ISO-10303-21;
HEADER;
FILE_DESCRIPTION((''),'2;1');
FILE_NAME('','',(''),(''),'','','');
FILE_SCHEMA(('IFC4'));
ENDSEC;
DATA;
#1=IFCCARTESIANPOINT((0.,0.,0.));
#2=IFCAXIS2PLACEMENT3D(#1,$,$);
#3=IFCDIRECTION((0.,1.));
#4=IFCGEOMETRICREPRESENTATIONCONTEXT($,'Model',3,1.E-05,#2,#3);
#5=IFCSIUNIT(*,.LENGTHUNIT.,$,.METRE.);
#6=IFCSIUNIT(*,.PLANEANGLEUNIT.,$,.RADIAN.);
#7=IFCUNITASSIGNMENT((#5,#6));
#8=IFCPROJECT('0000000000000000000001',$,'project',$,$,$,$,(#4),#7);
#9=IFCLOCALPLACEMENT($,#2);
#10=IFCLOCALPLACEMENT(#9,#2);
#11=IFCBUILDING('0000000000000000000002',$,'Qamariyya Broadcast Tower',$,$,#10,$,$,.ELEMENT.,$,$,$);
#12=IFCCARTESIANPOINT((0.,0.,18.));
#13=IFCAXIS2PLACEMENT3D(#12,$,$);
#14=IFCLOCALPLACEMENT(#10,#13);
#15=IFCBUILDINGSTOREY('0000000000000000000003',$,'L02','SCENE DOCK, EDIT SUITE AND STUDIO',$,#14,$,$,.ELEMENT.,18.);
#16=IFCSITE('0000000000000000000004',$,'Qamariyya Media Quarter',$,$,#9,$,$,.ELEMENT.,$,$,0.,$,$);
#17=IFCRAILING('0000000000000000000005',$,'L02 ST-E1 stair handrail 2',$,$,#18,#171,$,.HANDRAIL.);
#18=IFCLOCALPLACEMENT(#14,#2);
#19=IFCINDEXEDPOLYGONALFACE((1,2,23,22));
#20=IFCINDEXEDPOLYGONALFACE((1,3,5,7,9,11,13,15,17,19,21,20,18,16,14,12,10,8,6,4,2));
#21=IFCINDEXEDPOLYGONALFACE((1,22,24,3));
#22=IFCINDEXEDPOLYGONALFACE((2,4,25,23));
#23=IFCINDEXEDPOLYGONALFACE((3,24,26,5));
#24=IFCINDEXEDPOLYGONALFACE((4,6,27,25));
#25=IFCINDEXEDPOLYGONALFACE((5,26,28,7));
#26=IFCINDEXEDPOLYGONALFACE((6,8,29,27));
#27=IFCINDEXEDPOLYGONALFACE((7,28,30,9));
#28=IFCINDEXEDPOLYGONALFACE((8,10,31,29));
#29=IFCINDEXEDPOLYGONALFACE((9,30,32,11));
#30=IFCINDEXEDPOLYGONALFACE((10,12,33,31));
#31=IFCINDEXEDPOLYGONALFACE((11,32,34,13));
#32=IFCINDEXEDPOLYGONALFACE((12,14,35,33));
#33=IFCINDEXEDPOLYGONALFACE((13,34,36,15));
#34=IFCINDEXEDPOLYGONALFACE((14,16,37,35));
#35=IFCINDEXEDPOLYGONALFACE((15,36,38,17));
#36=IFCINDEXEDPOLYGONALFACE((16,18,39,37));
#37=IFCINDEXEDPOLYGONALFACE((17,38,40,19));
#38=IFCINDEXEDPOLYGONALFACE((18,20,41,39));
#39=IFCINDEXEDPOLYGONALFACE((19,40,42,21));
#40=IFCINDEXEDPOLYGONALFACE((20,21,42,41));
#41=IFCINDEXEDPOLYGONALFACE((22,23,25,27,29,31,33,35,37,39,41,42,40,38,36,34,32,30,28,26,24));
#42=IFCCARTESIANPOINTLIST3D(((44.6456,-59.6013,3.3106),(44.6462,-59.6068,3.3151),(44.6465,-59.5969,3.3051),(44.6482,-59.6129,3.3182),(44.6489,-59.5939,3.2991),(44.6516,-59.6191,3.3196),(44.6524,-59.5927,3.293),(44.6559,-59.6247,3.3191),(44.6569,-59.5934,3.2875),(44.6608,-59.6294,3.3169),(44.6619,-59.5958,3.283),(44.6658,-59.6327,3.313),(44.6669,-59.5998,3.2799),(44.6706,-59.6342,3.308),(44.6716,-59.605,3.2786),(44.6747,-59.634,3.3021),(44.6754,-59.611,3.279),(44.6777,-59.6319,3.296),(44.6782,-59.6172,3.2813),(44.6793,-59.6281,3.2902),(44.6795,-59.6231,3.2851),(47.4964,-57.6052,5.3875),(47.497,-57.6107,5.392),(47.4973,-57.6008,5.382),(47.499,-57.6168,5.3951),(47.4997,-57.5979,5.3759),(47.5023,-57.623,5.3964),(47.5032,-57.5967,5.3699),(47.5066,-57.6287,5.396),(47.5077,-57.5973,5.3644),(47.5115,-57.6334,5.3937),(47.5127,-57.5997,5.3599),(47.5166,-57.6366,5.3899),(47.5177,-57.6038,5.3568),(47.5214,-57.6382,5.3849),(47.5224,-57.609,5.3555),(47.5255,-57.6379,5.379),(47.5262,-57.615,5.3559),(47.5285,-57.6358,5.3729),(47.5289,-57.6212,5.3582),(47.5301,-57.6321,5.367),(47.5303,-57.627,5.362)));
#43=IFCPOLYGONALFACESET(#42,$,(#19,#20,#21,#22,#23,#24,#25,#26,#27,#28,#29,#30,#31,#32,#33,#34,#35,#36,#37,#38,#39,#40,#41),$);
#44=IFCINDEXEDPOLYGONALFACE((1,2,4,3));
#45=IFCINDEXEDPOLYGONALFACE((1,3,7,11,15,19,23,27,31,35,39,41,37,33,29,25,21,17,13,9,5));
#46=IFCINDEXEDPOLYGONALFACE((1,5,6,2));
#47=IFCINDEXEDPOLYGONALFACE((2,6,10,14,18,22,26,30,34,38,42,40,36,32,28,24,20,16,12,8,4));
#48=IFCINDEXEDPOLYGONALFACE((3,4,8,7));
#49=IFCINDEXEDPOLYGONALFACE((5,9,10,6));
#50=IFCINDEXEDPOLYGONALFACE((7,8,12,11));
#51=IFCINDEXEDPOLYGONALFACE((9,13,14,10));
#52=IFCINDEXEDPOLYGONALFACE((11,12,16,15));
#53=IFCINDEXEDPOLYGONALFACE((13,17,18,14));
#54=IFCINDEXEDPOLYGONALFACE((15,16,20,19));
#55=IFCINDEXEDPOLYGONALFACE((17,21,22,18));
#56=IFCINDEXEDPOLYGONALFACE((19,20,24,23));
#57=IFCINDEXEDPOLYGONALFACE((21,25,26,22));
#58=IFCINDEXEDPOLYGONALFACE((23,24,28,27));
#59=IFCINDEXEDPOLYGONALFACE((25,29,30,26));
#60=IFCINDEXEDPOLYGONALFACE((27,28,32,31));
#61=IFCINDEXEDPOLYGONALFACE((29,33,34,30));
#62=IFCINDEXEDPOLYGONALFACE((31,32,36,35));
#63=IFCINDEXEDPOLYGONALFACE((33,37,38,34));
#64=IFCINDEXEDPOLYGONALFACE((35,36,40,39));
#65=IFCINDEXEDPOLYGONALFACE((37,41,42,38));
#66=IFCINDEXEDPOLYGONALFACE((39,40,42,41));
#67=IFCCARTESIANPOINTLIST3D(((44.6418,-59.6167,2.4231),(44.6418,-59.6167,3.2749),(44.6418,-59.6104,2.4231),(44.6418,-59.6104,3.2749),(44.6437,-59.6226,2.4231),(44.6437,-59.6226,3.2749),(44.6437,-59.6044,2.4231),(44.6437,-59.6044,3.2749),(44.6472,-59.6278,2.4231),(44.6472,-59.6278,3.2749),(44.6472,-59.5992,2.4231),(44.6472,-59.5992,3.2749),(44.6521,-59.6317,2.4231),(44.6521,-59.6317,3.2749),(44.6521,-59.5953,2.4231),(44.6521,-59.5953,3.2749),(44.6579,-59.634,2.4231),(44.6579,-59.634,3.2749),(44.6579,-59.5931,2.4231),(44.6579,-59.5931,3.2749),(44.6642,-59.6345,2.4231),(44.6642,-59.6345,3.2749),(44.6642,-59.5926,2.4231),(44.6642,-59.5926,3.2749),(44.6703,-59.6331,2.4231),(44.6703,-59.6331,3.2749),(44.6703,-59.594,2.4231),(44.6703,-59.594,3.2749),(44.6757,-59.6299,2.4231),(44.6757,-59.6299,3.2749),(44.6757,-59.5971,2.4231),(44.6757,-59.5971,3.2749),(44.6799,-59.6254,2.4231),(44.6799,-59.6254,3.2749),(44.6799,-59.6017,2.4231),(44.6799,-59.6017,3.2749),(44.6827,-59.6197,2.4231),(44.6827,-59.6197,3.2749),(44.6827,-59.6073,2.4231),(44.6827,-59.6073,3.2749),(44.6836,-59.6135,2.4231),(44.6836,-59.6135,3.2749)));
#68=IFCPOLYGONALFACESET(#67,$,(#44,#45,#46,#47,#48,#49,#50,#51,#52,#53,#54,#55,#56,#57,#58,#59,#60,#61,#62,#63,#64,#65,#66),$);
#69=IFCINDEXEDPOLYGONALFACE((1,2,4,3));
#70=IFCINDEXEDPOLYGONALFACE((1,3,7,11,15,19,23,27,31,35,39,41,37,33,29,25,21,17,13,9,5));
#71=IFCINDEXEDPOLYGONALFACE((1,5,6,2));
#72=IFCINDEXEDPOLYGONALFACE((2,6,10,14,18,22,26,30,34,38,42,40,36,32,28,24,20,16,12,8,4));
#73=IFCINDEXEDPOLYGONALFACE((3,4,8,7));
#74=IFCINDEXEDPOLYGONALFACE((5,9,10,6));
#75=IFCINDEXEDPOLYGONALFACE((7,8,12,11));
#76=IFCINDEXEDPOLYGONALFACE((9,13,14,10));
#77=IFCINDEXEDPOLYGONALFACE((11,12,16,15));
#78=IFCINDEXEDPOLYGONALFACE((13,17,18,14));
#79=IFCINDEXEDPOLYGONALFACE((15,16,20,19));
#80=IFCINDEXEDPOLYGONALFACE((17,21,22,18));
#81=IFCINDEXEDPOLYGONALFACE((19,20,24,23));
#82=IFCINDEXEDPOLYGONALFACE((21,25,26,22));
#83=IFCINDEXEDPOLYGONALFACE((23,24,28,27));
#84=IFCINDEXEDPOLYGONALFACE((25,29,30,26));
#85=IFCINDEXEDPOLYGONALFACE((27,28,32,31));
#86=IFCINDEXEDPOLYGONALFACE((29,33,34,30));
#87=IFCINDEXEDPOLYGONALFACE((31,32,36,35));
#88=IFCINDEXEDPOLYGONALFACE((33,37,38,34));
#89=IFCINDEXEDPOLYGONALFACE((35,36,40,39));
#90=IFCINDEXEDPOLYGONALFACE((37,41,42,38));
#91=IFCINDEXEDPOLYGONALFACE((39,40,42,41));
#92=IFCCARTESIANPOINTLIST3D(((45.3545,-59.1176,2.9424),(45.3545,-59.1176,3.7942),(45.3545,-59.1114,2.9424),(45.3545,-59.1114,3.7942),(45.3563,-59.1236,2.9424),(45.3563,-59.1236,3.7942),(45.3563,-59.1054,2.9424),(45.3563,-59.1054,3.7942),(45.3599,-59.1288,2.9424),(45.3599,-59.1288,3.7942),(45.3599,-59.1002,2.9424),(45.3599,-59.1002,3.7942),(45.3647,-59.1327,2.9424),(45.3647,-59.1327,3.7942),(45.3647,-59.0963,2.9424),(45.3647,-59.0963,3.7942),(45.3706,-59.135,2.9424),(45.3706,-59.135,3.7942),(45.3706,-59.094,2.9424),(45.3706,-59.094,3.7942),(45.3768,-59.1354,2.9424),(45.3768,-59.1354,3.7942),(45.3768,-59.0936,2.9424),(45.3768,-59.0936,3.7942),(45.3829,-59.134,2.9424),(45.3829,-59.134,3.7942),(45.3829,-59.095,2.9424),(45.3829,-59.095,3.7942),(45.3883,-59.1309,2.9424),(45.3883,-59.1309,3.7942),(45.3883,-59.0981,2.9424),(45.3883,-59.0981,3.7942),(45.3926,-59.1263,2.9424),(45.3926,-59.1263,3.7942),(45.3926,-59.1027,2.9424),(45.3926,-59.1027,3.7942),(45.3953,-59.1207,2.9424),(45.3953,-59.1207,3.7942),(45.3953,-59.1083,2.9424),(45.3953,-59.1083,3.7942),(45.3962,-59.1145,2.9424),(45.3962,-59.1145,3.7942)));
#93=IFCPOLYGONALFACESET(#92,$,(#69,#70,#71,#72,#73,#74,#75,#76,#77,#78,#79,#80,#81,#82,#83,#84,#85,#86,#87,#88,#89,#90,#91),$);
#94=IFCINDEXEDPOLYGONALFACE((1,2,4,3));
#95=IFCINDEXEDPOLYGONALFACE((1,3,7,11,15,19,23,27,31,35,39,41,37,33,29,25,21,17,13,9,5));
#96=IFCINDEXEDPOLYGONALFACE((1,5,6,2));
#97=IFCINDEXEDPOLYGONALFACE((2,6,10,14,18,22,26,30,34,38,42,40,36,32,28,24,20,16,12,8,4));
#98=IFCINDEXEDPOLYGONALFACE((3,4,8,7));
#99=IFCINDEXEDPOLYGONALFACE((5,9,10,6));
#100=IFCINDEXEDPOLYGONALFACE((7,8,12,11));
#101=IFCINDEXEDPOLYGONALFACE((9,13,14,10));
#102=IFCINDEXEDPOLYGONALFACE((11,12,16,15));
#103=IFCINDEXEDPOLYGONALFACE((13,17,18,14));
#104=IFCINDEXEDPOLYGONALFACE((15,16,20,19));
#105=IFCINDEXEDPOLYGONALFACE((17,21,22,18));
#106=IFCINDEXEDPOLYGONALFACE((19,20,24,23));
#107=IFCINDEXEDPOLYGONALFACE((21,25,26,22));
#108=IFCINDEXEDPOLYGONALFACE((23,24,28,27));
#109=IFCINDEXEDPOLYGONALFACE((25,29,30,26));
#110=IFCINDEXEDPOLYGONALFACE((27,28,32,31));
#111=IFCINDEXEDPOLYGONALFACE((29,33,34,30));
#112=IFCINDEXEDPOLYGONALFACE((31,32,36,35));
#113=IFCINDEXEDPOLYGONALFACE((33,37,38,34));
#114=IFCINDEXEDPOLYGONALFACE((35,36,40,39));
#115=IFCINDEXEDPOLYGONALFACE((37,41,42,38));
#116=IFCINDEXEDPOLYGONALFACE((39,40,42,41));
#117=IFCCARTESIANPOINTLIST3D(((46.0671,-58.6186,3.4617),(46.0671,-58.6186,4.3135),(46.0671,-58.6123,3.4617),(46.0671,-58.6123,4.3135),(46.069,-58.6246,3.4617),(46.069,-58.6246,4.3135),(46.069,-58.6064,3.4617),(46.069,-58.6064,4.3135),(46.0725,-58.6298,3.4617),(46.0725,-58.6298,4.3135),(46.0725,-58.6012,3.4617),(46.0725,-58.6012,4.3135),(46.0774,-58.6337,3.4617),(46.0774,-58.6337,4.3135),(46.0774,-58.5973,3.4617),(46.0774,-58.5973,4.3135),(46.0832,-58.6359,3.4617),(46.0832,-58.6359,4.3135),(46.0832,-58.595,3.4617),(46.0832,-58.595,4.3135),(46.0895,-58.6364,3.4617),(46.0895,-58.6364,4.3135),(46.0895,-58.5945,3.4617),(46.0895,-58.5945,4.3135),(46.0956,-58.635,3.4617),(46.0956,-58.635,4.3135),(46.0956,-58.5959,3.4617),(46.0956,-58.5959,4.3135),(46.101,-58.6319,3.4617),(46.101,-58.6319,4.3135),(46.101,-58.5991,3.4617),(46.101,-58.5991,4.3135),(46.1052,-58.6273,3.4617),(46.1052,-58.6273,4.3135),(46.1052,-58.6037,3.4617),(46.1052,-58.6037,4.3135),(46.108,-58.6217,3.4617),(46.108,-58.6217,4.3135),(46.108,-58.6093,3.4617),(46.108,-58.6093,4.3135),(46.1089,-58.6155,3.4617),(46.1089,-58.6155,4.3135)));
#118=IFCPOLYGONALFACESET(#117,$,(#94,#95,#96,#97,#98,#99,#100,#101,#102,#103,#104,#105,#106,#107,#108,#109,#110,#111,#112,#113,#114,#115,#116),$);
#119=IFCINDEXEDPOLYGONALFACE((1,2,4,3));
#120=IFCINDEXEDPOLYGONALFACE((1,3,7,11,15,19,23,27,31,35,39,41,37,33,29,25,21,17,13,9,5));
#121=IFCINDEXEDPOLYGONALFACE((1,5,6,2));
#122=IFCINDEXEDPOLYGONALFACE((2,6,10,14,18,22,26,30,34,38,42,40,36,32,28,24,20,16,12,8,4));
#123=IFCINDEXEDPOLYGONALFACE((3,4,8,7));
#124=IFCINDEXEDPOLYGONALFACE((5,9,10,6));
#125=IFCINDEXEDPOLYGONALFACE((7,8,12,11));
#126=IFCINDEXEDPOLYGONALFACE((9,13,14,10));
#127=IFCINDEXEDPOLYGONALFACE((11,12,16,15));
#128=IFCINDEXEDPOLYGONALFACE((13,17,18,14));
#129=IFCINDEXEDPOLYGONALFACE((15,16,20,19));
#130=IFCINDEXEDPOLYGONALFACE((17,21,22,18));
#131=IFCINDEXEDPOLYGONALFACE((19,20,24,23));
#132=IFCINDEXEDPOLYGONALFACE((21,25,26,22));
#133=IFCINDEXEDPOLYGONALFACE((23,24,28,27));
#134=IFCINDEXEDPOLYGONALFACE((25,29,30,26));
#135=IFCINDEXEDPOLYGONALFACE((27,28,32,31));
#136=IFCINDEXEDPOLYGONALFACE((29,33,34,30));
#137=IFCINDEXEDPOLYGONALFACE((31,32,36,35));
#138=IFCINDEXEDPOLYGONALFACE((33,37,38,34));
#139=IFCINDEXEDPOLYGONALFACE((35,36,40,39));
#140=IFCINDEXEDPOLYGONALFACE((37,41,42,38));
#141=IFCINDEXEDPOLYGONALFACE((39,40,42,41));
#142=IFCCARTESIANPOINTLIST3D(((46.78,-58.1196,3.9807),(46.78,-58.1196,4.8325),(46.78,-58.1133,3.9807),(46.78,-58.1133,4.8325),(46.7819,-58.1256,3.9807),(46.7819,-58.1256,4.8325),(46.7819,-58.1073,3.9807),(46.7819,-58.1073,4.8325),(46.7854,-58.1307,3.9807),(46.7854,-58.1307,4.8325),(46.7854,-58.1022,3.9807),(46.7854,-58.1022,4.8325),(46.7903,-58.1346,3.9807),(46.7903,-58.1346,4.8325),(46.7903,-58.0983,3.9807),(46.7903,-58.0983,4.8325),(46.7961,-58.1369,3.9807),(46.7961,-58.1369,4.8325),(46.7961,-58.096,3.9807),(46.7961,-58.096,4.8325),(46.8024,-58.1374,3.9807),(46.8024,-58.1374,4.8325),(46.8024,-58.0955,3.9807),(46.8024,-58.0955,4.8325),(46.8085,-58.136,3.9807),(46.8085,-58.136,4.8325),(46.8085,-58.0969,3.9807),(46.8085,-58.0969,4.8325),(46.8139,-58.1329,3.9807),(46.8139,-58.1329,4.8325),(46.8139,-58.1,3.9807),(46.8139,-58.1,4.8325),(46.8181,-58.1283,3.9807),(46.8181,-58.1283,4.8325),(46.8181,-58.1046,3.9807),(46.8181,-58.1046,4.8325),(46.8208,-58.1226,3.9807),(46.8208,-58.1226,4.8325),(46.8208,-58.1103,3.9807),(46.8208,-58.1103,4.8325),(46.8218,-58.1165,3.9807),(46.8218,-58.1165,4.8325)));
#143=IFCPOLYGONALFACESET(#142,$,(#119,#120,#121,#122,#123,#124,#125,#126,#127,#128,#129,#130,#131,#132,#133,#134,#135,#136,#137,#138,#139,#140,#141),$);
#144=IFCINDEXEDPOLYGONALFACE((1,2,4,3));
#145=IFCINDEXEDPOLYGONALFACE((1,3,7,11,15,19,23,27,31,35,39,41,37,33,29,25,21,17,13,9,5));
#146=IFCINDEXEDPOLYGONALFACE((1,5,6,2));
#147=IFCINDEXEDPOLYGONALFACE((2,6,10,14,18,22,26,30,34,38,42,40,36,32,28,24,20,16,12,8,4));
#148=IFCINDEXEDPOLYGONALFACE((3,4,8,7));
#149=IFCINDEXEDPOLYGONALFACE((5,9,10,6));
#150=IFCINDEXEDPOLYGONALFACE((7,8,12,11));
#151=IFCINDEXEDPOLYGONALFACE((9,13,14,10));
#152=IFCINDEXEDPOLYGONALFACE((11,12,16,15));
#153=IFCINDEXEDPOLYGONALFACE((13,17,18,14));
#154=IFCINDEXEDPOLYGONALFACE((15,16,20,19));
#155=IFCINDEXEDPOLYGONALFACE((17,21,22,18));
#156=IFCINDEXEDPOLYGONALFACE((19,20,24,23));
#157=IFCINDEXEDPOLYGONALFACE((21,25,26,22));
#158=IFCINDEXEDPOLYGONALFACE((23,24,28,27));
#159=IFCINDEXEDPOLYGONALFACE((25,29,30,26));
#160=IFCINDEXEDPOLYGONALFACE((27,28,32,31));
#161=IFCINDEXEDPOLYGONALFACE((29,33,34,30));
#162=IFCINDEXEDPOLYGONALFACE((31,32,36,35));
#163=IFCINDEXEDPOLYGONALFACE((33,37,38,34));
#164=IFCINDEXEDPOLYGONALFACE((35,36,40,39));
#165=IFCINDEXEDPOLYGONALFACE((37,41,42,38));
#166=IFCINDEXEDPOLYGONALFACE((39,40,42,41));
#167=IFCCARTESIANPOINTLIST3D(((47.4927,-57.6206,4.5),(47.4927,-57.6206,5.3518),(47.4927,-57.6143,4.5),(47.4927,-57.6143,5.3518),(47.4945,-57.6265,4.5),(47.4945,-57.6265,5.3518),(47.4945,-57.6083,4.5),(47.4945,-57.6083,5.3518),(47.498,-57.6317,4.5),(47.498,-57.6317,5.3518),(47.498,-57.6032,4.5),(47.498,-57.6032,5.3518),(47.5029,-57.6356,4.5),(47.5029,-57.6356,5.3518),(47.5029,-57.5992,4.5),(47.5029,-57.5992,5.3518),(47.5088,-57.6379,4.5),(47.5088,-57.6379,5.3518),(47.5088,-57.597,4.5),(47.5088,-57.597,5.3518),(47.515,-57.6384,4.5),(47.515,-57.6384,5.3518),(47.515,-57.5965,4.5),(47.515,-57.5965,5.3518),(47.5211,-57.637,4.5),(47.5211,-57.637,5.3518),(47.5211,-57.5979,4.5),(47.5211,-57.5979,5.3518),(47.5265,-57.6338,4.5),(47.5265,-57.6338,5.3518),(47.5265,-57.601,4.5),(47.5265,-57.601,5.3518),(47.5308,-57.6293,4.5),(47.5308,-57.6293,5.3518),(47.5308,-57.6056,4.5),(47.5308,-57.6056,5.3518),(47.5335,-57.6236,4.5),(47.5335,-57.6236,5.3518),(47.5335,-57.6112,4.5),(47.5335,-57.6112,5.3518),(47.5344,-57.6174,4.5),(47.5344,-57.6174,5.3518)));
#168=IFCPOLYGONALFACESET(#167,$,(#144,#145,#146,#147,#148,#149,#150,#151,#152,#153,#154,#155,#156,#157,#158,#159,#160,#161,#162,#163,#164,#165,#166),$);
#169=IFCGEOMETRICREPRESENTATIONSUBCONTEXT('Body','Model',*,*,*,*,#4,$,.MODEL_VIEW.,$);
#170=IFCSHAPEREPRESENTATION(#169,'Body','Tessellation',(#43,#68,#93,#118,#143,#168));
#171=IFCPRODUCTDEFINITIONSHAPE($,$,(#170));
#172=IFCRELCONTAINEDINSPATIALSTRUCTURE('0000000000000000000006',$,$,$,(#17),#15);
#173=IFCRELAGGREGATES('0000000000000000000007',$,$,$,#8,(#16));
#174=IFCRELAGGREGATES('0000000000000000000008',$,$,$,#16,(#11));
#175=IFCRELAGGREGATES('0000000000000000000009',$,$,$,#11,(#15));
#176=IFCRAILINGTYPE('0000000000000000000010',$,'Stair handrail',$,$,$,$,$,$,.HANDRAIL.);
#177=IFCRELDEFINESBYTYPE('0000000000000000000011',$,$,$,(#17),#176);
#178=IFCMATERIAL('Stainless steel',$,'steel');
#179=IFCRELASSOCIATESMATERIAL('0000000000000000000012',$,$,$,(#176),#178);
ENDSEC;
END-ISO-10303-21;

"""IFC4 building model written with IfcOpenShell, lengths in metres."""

from ifc_helpers import new_model, si_unit, direction, frame, origin, origin_2d, place, context, subcontext, project, spatial, circle, extrude, material, type_object, element, save


model = new_model("IFC4")

# Units and contexts
model_context = context("Model", 3, precision=1e-05, world=origin(), true_north=direction((0.0, 1.0)))
body_context = subcontext(model_context, "Body", "Model", "MODEL_VIEW")
ifc_project = project(units=[si_unit("LENGTHUNIT", "METRE"), si_unit("PLANEANGLEUNIT", "RADIAN")], contexts=[model_context])

# Site, building, storey
site_placement = place(None, origin())
site = spatial("IfcSite", under=ifc_project, at=site_placement, Name="Qamariyya Media Quarter", CompositionType="ELEMENT", RefElevation=0.0)
building_placement = place(site_placement, origin())
building = spatial("IfcBuilding", under=site, at=building_placement, Name="Qamariyya Broadcast Tower", CompositionType="ELEMENT")
storey_placement = place(building_placement, frame((0.0, 0.0, 18.0)))
storey = spatial("IfcBuildingStorey", under=building, at=storey_placement, Name="L02", Description="SCENE DOCK, EDIT SUITE AND STUDIO", CompositionType="ELEMENT", Elevation=18.0)

# Railing
ifc_material_1 = material(Name="Stainless steel", Category="steel")
railing_type_1 = type_object("IfcRailingType", Name="Stair handrail", PredefinedType="HANDRAIL", material=ifc_material_1)
railing_1_placement = place(storey_placement, frame((44.6626, -59.6135, 2.4231)))
element("IfcRailing", 1, at=railing_1_placement, inside=storey, type_object=railing_type_1, Name="L02 ST-E1 stair handrail 2", PredefinedType="HANDRAIL", context=body_context, shape_type="SweptSolid", body=[
    extrude(circle(Radius=0.0239, at=origin_2d()), frame((0.0, 0.0, 0.876), z_axis=(0.703423, 0.492523, 0.512462), x_axis=(-0.573561, 0.819163, 0.0)), (0.0, 0.0, 1.0), 4.0527),
    extrude(circle(Radius=0.021, at=origin_2d()), origin(), (0.0, 0.0, 1.0), 0.8518),
    extrude(circle(Radius=0.021, at=origin_2d()), frame((0.7126, 0.499, 0.5193)), (0.0, 0.0, 1.0), 0.8518),
    extrude(circle(Radius=0.021, at=origin_2d()), frame((1.4253, 0.998, 1.0386)), (0.0, 0.0, 1.0), 0.8518),
    extrude(circle(Radius=0.021, at=origin_2d()), frame((2.1382, 1.4971, 1.5576)), (0.0, 0.0, 1.0), 0.8518),
    extrude(circle(Radius=0.021, at=origin_2d()), frame((2.8508, 1.9961, 2.0769)), (0.0, 0.0, 1.0), 0.8518),
])

save(model, "model.ifc")
